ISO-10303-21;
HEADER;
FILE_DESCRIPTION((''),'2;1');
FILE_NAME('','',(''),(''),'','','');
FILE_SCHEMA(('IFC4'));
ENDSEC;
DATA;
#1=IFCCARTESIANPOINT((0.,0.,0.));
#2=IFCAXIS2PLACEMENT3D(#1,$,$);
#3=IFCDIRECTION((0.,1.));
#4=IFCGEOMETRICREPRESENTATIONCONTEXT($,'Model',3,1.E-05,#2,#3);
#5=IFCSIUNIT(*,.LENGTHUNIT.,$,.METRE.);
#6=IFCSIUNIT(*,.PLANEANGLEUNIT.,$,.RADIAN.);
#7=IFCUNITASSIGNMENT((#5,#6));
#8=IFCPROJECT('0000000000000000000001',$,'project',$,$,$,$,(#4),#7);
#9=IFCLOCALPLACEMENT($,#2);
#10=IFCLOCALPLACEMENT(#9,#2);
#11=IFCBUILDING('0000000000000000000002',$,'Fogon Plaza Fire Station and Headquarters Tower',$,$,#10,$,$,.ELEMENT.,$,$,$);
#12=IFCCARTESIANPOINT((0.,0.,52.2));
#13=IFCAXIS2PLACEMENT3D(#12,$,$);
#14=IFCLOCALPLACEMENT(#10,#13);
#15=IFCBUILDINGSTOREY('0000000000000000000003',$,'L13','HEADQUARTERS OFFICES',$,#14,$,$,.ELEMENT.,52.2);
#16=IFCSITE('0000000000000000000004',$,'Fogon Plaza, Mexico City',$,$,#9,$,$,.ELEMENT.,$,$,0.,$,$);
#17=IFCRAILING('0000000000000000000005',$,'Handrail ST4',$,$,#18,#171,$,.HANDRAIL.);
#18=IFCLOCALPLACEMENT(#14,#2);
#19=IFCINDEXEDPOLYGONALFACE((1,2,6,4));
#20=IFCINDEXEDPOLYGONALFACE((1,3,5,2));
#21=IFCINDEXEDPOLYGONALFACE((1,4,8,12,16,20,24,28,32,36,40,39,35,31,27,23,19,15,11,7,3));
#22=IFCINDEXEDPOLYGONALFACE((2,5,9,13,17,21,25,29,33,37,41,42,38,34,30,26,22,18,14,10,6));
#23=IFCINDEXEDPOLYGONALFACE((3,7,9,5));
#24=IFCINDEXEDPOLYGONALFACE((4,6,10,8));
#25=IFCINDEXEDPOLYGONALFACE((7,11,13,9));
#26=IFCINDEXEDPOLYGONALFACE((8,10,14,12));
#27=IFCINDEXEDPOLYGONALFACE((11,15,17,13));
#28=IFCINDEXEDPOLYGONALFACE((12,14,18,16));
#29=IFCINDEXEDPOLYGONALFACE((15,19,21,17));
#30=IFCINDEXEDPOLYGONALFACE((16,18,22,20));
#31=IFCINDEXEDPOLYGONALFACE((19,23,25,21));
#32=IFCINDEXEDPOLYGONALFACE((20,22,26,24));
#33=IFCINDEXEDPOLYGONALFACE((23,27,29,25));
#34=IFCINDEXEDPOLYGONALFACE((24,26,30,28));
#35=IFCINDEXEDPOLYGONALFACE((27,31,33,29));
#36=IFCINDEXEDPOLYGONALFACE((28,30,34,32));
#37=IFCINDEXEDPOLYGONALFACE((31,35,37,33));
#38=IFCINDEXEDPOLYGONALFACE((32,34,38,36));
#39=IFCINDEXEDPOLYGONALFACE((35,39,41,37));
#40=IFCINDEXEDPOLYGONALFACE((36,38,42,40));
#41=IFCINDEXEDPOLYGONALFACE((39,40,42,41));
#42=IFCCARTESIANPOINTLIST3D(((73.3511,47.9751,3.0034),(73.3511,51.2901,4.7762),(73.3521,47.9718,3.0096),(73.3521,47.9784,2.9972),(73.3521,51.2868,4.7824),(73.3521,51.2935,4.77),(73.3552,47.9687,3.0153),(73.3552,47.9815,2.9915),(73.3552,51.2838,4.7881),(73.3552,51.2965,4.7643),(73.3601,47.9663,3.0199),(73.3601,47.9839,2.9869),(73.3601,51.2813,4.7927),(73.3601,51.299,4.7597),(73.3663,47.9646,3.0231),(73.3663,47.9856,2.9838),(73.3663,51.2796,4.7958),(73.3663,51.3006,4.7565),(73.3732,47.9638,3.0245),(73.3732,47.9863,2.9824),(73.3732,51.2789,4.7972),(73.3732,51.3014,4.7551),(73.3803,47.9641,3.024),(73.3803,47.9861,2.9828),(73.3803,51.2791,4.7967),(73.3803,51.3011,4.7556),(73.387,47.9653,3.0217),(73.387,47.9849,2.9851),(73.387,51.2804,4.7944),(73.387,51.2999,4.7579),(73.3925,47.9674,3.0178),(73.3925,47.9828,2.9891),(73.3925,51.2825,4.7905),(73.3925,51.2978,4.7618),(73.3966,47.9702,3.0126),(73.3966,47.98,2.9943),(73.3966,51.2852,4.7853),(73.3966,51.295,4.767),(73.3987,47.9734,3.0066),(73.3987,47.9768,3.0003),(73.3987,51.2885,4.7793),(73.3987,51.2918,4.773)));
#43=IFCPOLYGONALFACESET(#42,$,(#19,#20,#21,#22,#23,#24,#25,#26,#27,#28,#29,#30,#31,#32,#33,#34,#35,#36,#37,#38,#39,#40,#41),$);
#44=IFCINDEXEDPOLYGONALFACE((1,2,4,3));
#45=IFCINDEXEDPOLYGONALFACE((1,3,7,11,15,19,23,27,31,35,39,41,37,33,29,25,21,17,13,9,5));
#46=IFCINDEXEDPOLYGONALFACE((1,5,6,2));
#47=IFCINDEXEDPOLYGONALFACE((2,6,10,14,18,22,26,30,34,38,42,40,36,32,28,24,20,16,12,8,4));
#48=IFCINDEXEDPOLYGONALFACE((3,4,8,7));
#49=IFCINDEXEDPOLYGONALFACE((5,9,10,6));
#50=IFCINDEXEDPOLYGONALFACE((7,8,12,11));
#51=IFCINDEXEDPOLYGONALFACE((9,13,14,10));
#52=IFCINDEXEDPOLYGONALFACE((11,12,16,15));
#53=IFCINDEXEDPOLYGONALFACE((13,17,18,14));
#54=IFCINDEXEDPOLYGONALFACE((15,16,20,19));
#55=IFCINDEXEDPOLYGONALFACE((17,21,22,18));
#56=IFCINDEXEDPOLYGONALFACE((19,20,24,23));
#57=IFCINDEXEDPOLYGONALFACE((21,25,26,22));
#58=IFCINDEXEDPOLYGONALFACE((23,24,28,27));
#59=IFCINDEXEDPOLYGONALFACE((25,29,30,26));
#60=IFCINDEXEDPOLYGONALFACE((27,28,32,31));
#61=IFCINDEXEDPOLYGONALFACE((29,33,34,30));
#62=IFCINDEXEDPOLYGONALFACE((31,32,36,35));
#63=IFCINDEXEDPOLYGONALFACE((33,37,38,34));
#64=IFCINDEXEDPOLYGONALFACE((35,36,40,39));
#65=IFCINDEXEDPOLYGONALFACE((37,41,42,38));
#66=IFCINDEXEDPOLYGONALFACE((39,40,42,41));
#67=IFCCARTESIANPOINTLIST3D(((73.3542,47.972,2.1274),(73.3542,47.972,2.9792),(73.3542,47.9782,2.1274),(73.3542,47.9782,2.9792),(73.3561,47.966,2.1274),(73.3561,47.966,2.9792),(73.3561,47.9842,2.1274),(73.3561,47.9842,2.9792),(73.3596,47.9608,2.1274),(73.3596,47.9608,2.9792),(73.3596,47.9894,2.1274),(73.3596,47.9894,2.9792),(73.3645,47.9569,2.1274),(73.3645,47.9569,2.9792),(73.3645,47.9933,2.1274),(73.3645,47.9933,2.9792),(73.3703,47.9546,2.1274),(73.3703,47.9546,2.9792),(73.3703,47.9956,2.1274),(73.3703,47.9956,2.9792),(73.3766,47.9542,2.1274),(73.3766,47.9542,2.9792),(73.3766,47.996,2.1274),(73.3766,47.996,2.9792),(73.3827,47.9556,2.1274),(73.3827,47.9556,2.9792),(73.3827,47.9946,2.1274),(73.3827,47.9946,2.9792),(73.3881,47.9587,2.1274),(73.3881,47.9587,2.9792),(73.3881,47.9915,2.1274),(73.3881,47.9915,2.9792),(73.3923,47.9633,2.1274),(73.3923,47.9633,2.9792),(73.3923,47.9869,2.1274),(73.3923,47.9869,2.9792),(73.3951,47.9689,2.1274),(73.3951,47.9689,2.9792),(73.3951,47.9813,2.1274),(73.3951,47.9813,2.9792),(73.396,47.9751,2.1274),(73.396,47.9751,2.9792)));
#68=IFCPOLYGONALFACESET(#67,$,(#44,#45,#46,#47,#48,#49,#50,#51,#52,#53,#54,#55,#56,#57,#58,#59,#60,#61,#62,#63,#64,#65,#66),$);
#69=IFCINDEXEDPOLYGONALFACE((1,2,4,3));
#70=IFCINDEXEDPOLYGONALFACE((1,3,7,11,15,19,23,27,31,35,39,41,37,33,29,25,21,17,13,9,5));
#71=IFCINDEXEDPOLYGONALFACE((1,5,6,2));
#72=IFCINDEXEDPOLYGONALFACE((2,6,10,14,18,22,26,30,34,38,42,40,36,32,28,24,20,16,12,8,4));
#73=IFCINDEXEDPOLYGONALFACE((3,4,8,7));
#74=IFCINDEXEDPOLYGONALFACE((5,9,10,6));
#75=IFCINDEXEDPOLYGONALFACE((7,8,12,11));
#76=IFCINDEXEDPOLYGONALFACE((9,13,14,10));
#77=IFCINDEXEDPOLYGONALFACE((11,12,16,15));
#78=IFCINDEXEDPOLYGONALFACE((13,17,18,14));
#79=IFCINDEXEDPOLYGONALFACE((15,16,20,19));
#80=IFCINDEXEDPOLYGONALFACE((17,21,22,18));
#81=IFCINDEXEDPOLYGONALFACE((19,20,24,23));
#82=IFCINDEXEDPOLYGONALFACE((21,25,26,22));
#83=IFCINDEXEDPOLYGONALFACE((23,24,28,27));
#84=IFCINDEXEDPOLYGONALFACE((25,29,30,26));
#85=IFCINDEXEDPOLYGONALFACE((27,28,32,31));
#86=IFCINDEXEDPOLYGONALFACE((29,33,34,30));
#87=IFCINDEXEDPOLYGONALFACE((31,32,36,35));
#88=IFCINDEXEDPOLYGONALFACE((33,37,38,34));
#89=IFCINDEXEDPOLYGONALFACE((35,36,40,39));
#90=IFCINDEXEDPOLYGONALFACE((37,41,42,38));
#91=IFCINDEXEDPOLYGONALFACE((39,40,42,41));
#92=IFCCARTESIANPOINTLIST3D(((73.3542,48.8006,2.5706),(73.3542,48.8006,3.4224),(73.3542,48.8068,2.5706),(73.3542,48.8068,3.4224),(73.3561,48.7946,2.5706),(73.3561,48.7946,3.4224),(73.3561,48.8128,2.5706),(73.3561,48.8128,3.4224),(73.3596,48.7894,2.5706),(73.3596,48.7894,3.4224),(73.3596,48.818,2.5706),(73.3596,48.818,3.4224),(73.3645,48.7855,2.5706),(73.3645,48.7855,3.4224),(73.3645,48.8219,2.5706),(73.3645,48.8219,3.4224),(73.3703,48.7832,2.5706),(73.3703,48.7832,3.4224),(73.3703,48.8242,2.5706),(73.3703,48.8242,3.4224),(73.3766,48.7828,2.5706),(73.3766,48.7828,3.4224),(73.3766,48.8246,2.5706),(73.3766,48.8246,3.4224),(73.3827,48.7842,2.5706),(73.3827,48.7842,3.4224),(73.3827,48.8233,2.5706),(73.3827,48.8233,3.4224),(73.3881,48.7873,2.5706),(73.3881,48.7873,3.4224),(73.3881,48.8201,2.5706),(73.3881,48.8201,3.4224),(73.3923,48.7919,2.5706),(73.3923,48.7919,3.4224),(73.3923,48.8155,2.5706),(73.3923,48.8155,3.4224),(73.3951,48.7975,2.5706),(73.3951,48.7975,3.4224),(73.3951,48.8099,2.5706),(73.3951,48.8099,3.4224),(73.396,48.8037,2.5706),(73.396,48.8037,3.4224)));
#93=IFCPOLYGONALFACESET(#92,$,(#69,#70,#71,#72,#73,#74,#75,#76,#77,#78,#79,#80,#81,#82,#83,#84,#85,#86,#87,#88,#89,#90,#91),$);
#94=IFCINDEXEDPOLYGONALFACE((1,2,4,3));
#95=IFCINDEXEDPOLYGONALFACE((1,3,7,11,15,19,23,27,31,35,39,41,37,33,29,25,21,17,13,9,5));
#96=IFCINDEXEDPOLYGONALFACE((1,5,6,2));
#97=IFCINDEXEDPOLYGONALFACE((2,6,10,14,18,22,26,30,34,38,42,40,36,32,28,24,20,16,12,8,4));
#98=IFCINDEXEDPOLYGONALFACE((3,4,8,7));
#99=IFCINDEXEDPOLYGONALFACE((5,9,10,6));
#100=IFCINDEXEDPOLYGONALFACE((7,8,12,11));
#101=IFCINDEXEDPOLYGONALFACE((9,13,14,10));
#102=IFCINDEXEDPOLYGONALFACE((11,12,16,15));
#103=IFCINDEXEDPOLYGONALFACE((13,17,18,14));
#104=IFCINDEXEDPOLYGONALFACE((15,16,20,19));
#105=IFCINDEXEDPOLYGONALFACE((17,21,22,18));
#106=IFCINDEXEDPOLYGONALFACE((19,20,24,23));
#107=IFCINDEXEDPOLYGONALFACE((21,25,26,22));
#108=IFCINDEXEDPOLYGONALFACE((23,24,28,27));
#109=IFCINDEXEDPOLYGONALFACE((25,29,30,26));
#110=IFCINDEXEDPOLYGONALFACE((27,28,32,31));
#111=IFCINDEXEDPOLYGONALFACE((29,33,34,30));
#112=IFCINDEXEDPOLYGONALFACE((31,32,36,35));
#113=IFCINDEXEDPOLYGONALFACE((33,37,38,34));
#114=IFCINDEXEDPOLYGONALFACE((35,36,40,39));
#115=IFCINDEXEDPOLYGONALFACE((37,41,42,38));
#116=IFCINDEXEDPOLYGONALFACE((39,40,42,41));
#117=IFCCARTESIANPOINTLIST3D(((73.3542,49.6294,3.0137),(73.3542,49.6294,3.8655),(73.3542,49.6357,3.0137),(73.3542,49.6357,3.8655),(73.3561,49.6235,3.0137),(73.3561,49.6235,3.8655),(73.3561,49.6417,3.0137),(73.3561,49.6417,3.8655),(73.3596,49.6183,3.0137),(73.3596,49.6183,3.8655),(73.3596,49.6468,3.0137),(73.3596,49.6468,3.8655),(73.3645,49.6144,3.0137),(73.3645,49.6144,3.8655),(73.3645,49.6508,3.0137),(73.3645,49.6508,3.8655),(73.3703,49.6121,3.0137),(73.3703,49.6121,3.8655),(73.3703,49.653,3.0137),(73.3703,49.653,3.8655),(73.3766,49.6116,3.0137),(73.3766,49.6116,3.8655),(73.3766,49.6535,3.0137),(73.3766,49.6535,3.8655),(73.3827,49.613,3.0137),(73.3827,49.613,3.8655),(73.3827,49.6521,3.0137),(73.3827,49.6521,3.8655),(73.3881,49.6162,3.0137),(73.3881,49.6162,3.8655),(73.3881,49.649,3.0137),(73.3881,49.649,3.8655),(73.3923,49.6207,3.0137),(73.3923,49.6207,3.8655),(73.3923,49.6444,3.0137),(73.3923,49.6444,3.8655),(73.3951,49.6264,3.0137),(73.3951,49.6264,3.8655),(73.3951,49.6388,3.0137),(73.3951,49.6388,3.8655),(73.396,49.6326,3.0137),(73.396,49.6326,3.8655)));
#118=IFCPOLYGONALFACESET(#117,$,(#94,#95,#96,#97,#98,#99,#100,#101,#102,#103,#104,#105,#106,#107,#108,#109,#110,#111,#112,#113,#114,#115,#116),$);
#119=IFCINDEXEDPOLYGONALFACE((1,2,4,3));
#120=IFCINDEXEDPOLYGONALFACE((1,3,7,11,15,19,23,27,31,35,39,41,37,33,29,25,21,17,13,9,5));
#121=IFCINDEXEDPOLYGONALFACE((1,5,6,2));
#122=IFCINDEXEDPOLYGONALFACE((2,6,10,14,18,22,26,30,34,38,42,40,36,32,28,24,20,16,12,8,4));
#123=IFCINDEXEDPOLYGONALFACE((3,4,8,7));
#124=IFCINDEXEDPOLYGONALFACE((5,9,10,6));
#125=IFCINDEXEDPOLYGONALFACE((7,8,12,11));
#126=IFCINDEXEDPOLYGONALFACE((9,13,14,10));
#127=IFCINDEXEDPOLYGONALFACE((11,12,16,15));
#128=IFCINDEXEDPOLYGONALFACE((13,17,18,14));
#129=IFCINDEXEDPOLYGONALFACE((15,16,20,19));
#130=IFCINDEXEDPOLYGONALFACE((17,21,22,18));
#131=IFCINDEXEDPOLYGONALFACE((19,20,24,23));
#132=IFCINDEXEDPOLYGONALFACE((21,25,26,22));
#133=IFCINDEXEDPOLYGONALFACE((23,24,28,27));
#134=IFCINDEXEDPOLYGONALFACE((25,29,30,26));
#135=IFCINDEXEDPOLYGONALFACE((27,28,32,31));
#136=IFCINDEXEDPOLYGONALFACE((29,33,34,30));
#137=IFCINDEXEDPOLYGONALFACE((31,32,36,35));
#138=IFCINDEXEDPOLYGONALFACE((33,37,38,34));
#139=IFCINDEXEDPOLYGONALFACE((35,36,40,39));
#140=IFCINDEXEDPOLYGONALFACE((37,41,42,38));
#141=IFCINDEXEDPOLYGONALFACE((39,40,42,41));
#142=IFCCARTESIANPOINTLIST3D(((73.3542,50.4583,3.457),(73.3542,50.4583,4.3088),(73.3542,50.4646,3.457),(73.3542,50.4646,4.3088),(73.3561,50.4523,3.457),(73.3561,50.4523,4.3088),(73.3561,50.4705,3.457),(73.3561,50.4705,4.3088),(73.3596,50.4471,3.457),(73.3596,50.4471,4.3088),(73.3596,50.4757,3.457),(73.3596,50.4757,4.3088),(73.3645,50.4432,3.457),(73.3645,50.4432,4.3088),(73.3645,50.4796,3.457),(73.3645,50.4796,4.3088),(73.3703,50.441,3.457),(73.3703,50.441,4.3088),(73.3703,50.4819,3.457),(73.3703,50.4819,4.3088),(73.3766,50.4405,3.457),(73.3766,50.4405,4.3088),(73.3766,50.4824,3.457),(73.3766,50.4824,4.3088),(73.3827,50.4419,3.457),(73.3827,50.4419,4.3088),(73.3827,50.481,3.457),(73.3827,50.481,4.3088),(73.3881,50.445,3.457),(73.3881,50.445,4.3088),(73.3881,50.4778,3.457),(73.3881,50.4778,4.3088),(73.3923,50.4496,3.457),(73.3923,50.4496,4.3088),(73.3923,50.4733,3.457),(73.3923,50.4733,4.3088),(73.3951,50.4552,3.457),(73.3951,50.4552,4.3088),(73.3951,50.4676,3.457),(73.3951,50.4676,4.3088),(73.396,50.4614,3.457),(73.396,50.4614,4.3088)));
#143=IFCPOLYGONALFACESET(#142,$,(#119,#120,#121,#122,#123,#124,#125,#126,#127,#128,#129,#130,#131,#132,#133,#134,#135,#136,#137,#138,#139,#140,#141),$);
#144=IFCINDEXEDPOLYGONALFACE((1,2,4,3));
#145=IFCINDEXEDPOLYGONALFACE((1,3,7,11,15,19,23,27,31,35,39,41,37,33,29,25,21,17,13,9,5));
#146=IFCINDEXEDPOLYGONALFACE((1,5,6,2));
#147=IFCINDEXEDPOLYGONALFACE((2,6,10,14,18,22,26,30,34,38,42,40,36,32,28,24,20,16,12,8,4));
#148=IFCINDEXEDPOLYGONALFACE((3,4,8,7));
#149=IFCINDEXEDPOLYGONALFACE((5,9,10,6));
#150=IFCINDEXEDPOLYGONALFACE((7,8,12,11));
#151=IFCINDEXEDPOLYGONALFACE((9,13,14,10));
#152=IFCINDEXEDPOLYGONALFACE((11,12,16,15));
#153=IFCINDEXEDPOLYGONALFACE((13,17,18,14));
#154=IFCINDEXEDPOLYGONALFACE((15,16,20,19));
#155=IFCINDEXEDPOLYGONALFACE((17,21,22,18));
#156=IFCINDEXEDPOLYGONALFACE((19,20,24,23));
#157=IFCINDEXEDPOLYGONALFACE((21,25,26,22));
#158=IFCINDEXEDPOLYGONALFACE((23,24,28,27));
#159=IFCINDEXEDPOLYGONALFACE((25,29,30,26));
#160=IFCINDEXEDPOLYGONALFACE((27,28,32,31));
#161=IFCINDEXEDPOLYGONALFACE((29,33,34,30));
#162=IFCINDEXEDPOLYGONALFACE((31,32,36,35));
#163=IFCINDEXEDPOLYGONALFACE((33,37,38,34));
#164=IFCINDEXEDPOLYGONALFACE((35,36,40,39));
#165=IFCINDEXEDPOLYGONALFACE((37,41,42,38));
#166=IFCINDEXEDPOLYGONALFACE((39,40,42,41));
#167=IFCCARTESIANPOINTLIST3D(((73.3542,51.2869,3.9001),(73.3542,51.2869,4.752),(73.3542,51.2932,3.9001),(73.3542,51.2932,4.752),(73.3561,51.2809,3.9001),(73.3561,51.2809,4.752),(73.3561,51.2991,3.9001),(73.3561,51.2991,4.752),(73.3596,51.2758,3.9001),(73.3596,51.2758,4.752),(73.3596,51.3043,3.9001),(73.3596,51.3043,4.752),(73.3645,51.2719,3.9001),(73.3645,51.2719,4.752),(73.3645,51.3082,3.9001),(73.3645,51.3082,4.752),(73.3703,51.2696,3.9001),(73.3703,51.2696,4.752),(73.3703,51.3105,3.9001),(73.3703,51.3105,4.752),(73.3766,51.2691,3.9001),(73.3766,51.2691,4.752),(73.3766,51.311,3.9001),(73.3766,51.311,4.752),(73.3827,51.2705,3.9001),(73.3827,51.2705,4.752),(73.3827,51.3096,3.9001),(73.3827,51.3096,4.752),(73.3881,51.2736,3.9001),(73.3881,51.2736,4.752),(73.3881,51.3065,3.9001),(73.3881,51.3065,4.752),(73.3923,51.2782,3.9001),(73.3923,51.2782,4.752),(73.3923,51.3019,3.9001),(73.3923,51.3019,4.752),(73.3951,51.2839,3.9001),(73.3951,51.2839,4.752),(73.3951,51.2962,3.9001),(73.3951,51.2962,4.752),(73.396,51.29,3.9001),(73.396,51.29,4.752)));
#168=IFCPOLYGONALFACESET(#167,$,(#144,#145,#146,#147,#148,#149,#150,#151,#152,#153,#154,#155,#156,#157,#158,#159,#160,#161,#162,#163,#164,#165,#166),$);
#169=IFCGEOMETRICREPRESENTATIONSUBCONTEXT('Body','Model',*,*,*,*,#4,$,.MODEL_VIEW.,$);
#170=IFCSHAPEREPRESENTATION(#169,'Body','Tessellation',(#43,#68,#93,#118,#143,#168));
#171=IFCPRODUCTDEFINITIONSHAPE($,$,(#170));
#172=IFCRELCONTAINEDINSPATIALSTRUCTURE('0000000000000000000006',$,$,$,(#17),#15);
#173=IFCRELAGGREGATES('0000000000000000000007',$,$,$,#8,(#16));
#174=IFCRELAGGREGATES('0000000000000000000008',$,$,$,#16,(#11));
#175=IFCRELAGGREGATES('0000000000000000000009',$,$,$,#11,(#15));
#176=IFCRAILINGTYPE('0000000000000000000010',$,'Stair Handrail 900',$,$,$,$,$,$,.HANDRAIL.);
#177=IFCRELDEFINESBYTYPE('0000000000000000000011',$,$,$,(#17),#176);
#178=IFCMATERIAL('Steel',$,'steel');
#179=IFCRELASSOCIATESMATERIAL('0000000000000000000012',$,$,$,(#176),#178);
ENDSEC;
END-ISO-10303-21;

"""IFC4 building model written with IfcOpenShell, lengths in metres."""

from ifc_helpers import new_model, si_unit, direction, frame, origin, origin_2d, place, context, subcontext, project, spatial, circle, extrude, material, type_object, element, save


model = new_model("IFC4")

# Units and contexts
model_context = context("Model", 3, precision=1e-05, world=origin(), true_north=direction((0.0, 1.0)))
body_context = subcontext(model_context, "Body", "Model", "MODEL_VIEW")
ifc_project = project(units=[si_unit("LENGTHUNIT", "METRE"), si_unit("PLANEANGLEUNIT", "RADIAN")], contexts=[model_context])

# Site, building, storey
site_placement = place(None, origin())
site = spatial("IfcSite", under=ifc_project, at=site_placement, Name="Fogon Plaza, Mexico City", CompositionType="ELEMENT", RefElevation=0.0)
building_placement = place(site_placement, origin())
building = spatial("IfcBuilding", under=site, at=building_placement, Name="Fogon Plaza Fire Station and Headquarters Tower", CompositionType="ELEMENT")
storey_placement = place(building_placement, frame((0.0, 0.0, 52.2)))
storey = spatial("IfcBuildingStorey", under=building, at=storey_placement, Name="L13", Description="HEADQUARTERS OFFICES", CompositionType="ELEMENT", Elevation=52.2)

# Railing
ifc_material_1 = material(Name="Steel", Category="steel")
railing_type = type_object("IfcRailingType", Name="Stair Handrail 900", PredefinedType="HANDRAIL", material=ifc_material_1)
for number, where, name in (
    (1, (73.375, 47.9751, 2.1274), "Handrail ST4"),
):
    element("IfcRailing", number, at=place(storey_placement, frame(where)), inside=storey, type_object=railing_type, Name=name, PredefinedType="HANDRAIL", context=body_context, shape_type="SweptSolid", body=[
        extrude(circle(Radius=0.0239, at=origin_2d()), frame((0.0, 0.0, 0.876), z_axis=(0.0, 0.881829, 0.471569), x_axis=(-1.0, 0.0, 0.0)), (0.0, 0.0, 1.0), 3.7593),
        extrude(circle(Radius=0.021, at=origin_2d()), origin(), (0.0, 0.0, 1.0), 0.8518),
        extrude(circle(Radius=0.021, at=origin_2d()), frame((0.0, 0.8286, 0.4431)), (0.0, 0.0, 1.0), 0.8518),
        extrude(circle(Radius=0.021, at=origin_2d()), frame((0.0, 1.6575, 0.8862)), (0.0, 0.0, 1.0), 0.8518),
        extrude(circle(Radius=0.021, at=origin_2d()), frame((0.0, 2.4863, 1.3296)), (0.0, 0.0, 1.0), 0.8518),
        extrude(circle(Radius=0.021, at=origin_2d()), frame((0.0, 3.3149, 1.7727)), (0.0, 0.0, 1.0), 0.8518),
    ])

save(model, "model.ifc")
